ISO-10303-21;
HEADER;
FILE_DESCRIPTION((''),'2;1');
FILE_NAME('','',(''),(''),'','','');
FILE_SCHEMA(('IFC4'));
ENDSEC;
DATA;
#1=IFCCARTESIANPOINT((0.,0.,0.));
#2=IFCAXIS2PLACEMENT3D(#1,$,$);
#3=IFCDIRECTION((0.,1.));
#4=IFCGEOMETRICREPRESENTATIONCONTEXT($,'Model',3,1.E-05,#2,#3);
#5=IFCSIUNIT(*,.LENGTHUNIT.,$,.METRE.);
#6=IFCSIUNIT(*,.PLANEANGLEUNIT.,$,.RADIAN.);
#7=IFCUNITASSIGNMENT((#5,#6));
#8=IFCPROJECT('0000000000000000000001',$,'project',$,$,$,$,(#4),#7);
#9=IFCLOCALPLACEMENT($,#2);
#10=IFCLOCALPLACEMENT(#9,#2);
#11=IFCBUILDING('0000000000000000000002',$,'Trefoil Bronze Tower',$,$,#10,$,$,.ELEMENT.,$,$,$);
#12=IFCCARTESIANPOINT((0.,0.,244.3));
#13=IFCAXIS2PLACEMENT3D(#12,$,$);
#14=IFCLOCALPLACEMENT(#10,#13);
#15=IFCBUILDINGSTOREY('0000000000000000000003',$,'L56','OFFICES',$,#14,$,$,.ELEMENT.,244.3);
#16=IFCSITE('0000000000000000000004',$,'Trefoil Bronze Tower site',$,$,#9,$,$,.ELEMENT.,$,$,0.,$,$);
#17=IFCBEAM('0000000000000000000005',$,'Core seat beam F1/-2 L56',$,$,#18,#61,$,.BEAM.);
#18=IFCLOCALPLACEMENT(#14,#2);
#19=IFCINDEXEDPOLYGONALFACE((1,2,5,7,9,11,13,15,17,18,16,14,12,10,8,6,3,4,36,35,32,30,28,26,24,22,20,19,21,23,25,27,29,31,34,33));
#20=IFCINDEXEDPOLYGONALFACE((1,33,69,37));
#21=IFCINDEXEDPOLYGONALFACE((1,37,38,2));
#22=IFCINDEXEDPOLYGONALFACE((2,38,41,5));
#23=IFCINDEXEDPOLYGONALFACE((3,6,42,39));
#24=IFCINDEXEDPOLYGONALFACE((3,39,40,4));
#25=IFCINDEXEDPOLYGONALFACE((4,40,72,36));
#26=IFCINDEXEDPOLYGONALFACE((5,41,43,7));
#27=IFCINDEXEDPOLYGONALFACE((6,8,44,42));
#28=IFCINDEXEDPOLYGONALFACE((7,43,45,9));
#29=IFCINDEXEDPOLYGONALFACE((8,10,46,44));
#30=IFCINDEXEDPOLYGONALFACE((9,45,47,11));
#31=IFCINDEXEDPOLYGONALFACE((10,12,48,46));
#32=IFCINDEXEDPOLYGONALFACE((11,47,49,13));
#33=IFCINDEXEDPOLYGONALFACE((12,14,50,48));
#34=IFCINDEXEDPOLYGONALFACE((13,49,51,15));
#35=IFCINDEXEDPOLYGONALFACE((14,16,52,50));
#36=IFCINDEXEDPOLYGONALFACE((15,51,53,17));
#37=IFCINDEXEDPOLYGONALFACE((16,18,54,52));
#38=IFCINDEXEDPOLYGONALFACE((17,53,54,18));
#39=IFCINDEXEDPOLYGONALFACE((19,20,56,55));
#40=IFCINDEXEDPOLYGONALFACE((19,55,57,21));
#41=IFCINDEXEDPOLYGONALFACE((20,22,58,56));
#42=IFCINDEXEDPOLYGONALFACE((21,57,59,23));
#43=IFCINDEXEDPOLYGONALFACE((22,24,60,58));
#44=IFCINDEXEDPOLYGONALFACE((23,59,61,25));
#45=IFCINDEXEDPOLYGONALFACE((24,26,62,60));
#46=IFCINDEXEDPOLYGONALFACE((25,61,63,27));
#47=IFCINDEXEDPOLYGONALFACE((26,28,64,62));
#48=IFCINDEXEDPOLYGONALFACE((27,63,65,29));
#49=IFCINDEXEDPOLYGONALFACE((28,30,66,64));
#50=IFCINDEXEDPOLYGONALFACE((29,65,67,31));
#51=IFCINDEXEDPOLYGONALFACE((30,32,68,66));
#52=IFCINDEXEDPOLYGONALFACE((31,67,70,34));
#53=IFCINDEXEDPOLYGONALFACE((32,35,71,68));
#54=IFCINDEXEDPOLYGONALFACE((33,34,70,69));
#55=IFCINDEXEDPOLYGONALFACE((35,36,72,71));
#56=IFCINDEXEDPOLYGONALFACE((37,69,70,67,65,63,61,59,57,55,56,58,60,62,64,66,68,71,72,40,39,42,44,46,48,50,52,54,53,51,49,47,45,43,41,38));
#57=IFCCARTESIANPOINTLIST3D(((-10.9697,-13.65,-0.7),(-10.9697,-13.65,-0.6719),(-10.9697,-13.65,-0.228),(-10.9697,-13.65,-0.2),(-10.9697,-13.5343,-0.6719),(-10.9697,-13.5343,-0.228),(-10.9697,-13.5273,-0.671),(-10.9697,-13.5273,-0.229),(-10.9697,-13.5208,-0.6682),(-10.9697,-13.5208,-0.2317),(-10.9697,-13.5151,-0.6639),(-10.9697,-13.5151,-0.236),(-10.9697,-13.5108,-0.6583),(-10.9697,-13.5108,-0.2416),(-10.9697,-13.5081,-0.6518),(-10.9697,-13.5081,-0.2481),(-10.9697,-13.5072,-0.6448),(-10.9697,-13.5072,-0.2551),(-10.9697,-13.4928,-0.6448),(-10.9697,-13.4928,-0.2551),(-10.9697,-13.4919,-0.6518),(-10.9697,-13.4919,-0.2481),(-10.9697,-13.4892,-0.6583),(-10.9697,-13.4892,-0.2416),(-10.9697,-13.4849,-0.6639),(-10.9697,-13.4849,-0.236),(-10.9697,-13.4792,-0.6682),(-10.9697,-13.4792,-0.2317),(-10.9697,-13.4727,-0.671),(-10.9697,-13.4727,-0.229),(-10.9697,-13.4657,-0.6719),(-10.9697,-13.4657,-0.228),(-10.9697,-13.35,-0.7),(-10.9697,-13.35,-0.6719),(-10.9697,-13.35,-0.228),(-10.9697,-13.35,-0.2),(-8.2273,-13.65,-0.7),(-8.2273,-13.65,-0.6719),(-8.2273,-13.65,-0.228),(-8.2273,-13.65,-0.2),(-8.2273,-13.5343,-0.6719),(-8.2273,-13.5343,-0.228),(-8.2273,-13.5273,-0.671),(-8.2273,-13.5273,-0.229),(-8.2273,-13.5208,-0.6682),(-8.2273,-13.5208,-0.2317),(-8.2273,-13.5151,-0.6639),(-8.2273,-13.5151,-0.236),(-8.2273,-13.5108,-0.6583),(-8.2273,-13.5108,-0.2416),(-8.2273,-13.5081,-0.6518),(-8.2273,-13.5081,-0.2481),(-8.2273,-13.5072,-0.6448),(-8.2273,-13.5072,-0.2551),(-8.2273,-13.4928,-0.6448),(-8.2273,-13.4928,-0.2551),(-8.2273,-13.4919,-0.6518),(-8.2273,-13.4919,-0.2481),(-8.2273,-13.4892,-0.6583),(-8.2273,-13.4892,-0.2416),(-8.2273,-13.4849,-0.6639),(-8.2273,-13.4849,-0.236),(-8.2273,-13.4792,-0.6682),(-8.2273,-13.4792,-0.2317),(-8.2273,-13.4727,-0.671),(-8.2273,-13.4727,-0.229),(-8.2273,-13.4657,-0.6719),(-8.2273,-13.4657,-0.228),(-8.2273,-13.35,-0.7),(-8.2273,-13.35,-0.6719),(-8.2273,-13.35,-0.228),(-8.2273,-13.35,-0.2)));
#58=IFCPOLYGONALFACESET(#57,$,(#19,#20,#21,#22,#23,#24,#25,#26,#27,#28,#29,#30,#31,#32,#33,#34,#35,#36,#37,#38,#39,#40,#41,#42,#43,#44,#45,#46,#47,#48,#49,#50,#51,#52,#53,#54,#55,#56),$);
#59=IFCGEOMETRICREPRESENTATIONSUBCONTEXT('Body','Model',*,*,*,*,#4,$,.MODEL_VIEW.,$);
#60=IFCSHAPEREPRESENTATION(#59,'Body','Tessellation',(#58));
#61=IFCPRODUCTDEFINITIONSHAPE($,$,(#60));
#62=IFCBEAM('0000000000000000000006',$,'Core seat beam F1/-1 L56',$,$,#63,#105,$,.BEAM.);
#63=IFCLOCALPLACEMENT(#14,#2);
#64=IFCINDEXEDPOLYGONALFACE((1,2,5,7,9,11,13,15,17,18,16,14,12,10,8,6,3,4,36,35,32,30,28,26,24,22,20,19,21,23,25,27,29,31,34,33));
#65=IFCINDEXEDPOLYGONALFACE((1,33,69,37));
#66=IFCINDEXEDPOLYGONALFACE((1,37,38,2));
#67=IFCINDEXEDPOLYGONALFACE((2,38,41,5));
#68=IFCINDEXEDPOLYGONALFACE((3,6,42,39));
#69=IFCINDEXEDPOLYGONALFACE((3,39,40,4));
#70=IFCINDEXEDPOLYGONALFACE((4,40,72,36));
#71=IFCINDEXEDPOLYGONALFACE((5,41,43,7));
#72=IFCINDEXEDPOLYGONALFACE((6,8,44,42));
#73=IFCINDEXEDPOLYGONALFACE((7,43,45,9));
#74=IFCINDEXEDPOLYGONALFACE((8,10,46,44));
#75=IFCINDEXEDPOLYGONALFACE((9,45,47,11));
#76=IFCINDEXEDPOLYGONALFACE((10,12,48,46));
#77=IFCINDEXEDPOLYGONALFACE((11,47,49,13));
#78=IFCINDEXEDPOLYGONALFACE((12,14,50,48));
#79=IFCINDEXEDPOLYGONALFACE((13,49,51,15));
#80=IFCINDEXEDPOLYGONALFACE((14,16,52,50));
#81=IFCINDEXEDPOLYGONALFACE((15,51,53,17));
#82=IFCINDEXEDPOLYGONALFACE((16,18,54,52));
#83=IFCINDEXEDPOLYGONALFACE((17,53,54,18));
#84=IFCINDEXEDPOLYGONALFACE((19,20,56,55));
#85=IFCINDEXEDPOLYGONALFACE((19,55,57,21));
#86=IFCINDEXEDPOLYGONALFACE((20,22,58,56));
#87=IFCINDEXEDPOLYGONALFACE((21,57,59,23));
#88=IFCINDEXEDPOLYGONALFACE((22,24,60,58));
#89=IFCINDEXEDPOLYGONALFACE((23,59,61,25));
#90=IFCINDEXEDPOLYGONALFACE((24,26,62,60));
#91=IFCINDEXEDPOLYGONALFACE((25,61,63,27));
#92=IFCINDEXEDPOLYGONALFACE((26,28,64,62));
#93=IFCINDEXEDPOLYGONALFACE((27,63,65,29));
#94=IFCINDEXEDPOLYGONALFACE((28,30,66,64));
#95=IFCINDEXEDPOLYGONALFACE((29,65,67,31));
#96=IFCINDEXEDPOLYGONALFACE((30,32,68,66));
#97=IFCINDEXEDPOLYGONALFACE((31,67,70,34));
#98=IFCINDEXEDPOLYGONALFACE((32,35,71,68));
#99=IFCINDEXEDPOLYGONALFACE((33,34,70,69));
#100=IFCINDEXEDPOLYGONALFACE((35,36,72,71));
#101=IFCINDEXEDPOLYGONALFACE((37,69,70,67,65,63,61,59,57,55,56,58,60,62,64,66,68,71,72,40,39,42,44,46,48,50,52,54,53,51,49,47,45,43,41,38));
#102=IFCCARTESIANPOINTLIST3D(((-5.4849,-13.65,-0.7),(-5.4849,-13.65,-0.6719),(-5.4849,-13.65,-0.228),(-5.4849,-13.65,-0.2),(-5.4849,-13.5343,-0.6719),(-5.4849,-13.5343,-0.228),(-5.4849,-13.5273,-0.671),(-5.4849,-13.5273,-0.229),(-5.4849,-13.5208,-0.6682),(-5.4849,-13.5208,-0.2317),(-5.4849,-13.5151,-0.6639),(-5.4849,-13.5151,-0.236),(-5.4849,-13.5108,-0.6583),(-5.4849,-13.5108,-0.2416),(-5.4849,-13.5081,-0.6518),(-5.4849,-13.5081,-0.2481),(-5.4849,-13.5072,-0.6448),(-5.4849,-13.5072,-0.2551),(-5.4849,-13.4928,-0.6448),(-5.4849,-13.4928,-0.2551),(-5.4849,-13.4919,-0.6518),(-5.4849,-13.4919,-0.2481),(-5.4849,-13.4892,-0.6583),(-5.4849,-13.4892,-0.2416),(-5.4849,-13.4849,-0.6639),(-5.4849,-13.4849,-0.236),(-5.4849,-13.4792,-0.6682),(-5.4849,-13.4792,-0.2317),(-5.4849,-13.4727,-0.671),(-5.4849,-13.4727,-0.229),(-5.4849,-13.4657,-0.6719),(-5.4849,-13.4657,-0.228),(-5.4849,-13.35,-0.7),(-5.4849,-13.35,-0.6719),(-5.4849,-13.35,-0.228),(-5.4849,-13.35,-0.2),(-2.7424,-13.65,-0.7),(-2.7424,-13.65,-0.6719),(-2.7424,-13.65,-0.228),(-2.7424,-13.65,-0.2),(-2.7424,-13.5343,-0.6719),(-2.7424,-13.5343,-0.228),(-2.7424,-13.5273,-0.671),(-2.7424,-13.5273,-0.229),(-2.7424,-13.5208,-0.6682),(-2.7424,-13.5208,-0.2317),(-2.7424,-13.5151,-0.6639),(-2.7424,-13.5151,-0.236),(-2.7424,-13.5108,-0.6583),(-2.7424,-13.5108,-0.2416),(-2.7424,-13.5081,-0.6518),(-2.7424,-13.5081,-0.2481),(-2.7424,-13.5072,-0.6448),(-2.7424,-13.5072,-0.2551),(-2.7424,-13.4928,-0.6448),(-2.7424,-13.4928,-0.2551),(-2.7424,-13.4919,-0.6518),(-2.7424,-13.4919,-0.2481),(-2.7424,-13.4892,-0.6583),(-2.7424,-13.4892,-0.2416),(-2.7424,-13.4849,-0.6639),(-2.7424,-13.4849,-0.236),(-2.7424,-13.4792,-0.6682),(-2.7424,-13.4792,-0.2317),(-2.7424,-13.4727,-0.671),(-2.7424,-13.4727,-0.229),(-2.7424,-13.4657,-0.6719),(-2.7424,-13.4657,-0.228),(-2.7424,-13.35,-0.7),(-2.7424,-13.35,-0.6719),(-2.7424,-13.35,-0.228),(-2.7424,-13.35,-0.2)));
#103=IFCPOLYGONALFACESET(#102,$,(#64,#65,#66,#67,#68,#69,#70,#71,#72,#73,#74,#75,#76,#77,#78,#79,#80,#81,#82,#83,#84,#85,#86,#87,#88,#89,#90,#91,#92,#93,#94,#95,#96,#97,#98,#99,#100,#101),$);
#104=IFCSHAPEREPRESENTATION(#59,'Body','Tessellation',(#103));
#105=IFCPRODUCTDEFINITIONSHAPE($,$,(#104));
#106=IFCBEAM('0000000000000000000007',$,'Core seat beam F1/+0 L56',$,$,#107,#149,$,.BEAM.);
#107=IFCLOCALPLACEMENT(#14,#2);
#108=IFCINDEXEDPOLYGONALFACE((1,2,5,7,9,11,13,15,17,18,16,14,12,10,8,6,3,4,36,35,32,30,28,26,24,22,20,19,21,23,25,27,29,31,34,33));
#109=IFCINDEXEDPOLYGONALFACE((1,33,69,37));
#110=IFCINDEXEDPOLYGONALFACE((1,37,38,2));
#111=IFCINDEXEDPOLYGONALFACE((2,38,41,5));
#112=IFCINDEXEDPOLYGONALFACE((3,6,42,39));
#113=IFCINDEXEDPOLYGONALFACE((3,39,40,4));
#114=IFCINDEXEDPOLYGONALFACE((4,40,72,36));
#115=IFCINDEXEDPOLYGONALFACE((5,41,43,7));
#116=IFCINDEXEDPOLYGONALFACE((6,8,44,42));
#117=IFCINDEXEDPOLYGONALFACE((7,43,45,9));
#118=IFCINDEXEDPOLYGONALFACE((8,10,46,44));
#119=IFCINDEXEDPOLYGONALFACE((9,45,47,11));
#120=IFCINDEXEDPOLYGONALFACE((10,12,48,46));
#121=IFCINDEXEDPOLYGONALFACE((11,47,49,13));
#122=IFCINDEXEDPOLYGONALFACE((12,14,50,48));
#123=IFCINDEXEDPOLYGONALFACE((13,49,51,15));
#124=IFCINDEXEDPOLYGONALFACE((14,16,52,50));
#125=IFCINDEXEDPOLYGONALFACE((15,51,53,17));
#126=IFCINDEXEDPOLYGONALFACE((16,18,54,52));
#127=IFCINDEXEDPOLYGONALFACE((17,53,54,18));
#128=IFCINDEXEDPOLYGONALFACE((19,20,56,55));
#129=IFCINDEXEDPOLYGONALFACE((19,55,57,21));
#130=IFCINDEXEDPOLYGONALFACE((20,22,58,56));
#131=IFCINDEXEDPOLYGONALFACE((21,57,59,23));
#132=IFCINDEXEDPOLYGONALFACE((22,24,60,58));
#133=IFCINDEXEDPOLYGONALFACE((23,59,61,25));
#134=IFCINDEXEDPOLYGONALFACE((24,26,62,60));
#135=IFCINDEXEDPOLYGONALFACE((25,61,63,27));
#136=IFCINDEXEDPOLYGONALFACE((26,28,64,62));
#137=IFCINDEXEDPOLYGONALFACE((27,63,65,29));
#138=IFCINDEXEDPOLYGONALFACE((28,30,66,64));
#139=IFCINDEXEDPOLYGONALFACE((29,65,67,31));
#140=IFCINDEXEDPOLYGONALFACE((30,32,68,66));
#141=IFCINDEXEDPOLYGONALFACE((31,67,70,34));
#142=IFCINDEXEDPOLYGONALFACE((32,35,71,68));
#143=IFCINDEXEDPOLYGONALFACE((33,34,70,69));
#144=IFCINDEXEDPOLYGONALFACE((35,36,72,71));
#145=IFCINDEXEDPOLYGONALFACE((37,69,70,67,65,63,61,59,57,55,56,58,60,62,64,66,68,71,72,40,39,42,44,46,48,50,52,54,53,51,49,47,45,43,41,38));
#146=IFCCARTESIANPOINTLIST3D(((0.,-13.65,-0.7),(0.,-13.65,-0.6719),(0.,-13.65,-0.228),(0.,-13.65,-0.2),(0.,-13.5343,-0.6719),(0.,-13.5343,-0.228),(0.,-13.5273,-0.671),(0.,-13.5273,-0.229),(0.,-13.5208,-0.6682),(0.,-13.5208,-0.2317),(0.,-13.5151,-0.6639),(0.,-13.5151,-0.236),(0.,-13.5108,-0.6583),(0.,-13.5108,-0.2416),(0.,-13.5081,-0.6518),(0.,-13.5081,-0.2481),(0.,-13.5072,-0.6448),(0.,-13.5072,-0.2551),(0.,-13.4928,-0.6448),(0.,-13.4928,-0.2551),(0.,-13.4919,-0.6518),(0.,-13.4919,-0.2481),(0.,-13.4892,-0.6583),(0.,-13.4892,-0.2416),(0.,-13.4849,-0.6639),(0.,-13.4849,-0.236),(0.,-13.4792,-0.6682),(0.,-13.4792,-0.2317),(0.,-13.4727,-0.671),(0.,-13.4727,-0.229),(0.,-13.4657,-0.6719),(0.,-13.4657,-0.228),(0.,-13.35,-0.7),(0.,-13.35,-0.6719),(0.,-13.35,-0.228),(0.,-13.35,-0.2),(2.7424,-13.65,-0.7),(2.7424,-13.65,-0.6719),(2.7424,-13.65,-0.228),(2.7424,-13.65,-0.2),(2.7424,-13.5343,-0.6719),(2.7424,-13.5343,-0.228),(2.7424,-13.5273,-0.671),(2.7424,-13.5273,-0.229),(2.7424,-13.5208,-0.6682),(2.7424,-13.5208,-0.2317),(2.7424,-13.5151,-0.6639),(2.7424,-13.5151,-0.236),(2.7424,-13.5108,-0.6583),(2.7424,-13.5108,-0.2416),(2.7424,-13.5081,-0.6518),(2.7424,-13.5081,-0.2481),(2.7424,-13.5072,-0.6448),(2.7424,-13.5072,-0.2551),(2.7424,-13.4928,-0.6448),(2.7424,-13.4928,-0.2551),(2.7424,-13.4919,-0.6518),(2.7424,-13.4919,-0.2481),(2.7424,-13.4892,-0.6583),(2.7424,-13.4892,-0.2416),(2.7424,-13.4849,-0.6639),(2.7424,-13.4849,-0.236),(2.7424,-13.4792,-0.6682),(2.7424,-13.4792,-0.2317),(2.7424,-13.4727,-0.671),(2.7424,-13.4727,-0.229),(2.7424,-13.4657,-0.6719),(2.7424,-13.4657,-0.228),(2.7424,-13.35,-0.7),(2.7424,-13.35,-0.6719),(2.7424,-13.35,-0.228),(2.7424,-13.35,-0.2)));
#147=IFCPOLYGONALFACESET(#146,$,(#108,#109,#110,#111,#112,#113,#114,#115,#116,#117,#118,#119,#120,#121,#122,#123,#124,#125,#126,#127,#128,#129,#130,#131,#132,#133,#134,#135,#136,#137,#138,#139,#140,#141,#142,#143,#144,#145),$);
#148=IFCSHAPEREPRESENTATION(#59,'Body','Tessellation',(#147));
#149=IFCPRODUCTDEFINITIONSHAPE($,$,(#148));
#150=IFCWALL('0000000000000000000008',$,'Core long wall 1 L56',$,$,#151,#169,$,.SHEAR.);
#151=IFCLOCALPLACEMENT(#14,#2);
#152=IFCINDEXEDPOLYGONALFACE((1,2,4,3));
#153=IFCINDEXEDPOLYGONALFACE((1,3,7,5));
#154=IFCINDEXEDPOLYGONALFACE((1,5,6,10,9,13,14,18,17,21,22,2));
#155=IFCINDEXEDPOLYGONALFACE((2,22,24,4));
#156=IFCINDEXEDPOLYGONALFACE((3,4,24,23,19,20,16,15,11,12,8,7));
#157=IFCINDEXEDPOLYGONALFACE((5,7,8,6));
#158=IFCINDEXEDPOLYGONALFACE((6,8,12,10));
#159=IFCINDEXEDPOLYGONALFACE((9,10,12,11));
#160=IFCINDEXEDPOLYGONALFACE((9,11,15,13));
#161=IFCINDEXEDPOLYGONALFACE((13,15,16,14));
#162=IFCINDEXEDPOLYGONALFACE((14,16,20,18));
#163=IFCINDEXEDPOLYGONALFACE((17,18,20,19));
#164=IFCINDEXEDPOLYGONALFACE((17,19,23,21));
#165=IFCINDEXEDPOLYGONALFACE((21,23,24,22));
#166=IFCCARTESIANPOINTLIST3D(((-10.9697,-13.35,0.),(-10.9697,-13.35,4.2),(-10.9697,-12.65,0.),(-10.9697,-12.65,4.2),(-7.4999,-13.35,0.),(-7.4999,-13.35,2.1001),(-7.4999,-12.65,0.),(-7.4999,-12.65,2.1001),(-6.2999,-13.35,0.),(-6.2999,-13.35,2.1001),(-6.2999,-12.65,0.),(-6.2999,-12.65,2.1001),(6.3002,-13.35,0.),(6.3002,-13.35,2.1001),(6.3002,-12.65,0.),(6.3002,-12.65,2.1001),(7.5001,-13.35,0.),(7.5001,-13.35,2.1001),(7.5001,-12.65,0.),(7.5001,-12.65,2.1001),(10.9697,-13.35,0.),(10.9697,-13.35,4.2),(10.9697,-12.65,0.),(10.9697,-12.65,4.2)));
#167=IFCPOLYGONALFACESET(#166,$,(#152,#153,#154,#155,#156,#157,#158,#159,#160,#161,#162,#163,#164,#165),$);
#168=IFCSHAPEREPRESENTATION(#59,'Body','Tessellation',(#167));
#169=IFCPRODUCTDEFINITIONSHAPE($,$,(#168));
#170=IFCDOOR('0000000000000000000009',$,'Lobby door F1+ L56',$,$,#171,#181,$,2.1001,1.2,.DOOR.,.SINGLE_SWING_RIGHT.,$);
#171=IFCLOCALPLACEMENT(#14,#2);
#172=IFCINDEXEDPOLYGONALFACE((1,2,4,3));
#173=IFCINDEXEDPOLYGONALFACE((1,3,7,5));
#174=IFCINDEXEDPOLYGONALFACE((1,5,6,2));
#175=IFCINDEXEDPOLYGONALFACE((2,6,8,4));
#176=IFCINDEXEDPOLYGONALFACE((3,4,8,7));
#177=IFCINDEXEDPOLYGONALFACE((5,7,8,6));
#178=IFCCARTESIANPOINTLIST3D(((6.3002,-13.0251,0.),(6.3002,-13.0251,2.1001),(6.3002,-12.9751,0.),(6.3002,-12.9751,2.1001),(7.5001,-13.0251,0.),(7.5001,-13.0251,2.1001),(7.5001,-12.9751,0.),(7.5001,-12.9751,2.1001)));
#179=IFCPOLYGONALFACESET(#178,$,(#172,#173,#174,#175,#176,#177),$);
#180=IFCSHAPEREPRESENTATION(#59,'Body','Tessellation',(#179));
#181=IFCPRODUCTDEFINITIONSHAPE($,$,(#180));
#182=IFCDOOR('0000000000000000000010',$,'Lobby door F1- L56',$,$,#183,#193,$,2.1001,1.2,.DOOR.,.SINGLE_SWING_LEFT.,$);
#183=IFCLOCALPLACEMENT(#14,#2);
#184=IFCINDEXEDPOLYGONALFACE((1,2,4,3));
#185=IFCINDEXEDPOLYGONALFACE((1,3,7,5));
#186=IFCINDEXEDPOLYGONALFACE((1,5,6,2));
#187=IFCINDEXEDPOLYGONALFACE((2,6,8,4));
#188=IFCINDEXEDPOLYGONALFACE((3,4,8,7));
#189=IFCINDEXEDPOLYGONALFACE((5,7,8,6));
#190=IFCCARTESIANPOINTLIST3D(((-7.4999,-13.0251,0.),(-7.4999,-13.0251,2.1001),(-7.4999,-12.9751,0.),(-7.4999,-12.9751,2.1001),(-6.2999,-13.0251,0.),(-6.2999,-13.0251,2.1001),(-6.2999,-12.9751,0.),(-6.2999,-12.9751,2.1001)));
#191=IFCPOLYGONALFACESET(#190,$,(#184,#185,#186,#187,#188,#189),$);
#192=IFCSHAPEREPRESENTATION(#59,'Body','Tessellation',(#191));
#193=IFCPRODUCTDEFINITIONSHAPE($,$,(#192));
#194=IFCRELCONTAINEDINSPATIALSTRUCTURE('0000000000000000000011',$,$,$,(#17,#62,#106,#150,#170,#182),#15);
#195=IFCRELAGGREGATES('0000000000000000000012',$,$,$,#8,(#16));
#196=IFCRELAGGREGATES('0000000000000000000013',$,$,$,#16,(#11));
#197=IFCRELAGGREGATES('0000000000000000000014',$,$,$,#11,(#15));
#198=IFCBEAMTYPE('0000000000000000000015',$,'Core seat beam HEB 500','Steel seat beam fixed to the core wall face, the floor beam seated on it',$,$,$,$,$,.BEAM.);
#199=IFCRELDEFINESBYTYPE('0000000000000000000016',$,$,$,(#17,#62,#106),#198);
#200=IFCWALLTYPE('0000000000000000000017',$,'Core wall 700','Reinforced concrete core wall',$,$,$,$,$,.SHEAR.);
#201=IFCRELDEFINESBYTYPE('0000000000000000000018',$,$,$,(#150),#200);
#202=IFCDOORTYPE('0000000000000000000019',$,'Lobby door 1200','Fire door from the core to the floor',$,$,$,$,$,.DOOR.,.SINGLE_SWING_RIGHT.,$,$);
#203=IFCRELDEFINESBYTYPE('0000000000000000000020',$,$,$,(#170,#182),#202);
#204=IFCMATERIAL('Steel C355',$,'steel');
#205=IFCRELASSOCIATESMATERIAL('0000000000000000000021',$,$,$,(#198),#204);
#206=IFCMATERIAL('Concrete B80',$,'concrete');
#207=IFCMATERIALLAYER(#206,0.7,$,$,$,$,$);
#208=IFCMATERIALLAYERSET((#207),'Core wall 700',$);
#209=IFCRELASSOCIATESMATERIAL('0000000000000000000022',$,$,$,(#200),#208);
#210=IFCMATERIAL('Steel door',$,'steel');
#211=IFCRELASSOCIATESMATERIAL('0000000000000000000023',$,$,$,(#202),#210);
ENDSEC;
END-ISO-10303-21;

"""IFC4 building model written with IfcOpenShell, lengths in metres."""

from ifc_helpers import new_model, si_unit, direction, frame, frame_2d, origin, origin_2d, place, context, subcontext, project, spatial, rectangle, i_section, extrude, material, layer, layer_set, material_profile, profile_set, type_object, element, fill, save


model = new_model("IFC4")

# Units and contexts
model_context = context("Model", 3, precision=1e-05, world=origin(), true_north=direction((0.0, 1.0)))
body_context = subcontext(model_context, "Body", "Model", "MODEL_VIEW")
ifc_project = project(units=[si_unit("LENGTHUNIT", "METRE"), si_unit("PLANEANGLEUNIT", "RADIAN")], contexts=[model_context])

# Site, building, storey
site_placement = place(None, origin())
site = spatial("IfcSite", under=ifc_project, at=site_placement, Name="Trefoil Bronze Tower site", CompositionType="ELEMENT", RefElevation=0.0)
building_placement = place(site_placement, origin())
building = spatial("IfcBuilding", under=site, at=building_placement, Name="Trefoil Bronze Tower", CompositionType="ELEMENT")
storey_placement = place(building_placement, frame((0.0, 0.0, 244.3)))
storey = spatial("IfcBuildingStorey", under=building, at=storey_placement, Name="L56", Description="OFFICES", CompositionType="ELEMENT", Elevation=244.3)

# Beams
ifc_material_1 = material(Name="Steel C355", Category="steel")
ifc_material_profile = material_profile(ifc_material_1, i_section(OverallWidth=0.3, OverallDepth=0.5, WebThickness=0.0144, FlangeThickness=0.0281, FilletRadius=0.0271, at=origin_2d()), Name="HEB 500")
ifc_profile_set = profile_set([ifc_material_profile], Name="Steel C355")
beam_type = type_object("IfcBeamType", Name="Core seat beam HEB 500", Description="Steel seat beam fixed to the core wall face, the floor beam seated on it", PredefinedType="BEAM", material=ifc_profile_set)
for number, where, z_axis, x_axis, name in (
    (1, (-10.9697, -13.5, -0.45), (1.0, 0.0, 0.0), (0.0, 1.0, 0.0), "Core seat beam F1/-2 L56"),
    (2, (-5.4849, -13.5, -0.45), (1.0, 0.0, 0.0), (0.0, 1.0, 0.0), "Core seat beam F1/-1 L56"),
    (3, (0.0, -13.5, -0.45), (1.0, 0.0, 0.0), (0.0, 1.0, 0.0), "Core seat beam F1/+0 L56"),
):
    element("IfcBeam", number, at=place(storey_placement, frame(where, z_axis=z_axis, x_axis=x_axis)), inside=storey, type_object=beam_type, Name=name, PredefinedType="BEAM", context=body_context, shape_type="SweptSolid", body=[
        extrude(i_section(OverallWidth=0.3, OverallDepth=0.5, WebThickness=0.0144, FlangeThickness=0.0281, FilletRadius=0.0271, at=origin_2d()), origin(), (0.0, 0.0, 1.0), 2.7424),
    ])

# Wall, openings, doors
ifc_material_2 = material(Name="Concrete B80", Category="concrete")
ifc_layer_1 = layer(ifc_material_2, 0.7)
ifc_layer_set_1 = layer_set([ifc_layer_1], Name="Core wall 700")
wall_type_1 = type_object("IfcWallType", Name="Core wall 700", Description="Reinforced concrete core wall", PredefinedType="SHEAR", material=ifc_layer_set_1)
wall_1_placement = place(storey_placement, frame((-10.9697, -13.0, 0.0), z_axis=(0.0, 0.0, 1.0), x_axis=(1.0, 0.0, 0.0)))
wall_1 = element("IfcWall", 4, at=wall_1_placement, inside=storey, type_object=wall_type_1, Name="Core long wall 1 L56", PredefinedType="SHEAR", context=body_context, shape_type="SweptSolid", body=[
    extrude(rectangle(XDim=21.9395, YDim=0.7, at=frame_2d((10.9697, 0.0))), origin(), (0.0, 0.0, 1.0), 4.2),
])
opening_1_placement = place(wall_1_placement, frame((17.2698, 0.0, 0.0)))
opening_1 = element("IfcOpeningElement", 5, at=opening_1_placement, cuts=wall_1, PredefinedType="OPENING", context=body_context, shape_type="SweptSolid", body=[
    extrude(rectangle(XDim=1.2, YDim=2.1001, at=frame_2d((0.6001, 1.05))), frame((0.0, 0.3599, 0.0), z_axis=(0.0, -1.0, 0.0), x_axis=(1.0, 0.0, 0.0)), (0.0, 0.0, 1.0), 0.72),
])
opening_2_placement = place(wall_1_placement, frame((3.4697, 0.0, 0.0)))
opening_2 = element("IfcOpeningElement", 6, at=opening_2_placement, cuts=wall_1, PredefinedType="OPENING", context=body_context, shape_type="SweptSolid", body=[
    extrude(rectangle(XDim=1.2, YDim=2.1001, at=frame_2d((0.6001, 1.05))), frame((0.0, 0.3599, 0.0), z_axis=(0.0, -1.0, 0.0), x_axis=(1.0, 0.0, 0.0)), (0.0, 0.0, 1.0), 0.72),
])
ifc_material_3 = material(Name="Steel door", Category="steel")
door_type_1 = type_object("IfcDoorType", Name="Lobby door 1200", Description="Fire door from the core to the floor", OperationType="SINGLE_SWING_RIGHT", PredefinedType="DOOR", material=ifc_material_3)
door_1_placement = place(opening_1_placement, origin())
door_1 = element("IfcDoor", 7, at=door_1_placement, inside=storey, type_object=door_type_1, Name="Lobby door F1+ L56", OperationType="SINGLE_SWING_RIGHT", OverallHeight=2.1001, OverallWidth=1.2, PredefinedType="DOOR", context=body_context, shape_type="SweptSolid", body=[
    extrude(rectangle(XDim=1.2, YDim=2.1001, at=frame_2d((0.6001, 1.05))), frame((0.0, 0.0249, 0.0), z_axis=(0.0, -1.0, 0.0), x_axis=(1.0, 0.0, 0.0)), (0.0, 0.0, 1.0), 0.05),
])
fill(opening_1, door_1)
door_2_placement = place(opening_2_placement, origin())
door_2 = element("IfcDoor", 8, at=door_2_placement, inside=storey, type_object=door_type_1, Name="Lobby door F1- L56", OperationType="SINGLE_SWING_LEFT", OverallHeight=2.1001, OverallWidth=1.2, PredefinedType="DOOR", context=body_context, shape_type="SweptSolid", body=[
    extrude(rectangle(XDim=1.2, YDim=2.1001, at=frame_2d((0.6001, 1.05))), frame((0.0, 0.0249, 0.0), z_axis=(0.0, -1.0, 0.0), x_axis=(1.0, 0.0, 0.0)), (0.0, 0.0, 1.0), 0.05),
])
fill(opening_2, door_2)

save(model, "model.ifc")
